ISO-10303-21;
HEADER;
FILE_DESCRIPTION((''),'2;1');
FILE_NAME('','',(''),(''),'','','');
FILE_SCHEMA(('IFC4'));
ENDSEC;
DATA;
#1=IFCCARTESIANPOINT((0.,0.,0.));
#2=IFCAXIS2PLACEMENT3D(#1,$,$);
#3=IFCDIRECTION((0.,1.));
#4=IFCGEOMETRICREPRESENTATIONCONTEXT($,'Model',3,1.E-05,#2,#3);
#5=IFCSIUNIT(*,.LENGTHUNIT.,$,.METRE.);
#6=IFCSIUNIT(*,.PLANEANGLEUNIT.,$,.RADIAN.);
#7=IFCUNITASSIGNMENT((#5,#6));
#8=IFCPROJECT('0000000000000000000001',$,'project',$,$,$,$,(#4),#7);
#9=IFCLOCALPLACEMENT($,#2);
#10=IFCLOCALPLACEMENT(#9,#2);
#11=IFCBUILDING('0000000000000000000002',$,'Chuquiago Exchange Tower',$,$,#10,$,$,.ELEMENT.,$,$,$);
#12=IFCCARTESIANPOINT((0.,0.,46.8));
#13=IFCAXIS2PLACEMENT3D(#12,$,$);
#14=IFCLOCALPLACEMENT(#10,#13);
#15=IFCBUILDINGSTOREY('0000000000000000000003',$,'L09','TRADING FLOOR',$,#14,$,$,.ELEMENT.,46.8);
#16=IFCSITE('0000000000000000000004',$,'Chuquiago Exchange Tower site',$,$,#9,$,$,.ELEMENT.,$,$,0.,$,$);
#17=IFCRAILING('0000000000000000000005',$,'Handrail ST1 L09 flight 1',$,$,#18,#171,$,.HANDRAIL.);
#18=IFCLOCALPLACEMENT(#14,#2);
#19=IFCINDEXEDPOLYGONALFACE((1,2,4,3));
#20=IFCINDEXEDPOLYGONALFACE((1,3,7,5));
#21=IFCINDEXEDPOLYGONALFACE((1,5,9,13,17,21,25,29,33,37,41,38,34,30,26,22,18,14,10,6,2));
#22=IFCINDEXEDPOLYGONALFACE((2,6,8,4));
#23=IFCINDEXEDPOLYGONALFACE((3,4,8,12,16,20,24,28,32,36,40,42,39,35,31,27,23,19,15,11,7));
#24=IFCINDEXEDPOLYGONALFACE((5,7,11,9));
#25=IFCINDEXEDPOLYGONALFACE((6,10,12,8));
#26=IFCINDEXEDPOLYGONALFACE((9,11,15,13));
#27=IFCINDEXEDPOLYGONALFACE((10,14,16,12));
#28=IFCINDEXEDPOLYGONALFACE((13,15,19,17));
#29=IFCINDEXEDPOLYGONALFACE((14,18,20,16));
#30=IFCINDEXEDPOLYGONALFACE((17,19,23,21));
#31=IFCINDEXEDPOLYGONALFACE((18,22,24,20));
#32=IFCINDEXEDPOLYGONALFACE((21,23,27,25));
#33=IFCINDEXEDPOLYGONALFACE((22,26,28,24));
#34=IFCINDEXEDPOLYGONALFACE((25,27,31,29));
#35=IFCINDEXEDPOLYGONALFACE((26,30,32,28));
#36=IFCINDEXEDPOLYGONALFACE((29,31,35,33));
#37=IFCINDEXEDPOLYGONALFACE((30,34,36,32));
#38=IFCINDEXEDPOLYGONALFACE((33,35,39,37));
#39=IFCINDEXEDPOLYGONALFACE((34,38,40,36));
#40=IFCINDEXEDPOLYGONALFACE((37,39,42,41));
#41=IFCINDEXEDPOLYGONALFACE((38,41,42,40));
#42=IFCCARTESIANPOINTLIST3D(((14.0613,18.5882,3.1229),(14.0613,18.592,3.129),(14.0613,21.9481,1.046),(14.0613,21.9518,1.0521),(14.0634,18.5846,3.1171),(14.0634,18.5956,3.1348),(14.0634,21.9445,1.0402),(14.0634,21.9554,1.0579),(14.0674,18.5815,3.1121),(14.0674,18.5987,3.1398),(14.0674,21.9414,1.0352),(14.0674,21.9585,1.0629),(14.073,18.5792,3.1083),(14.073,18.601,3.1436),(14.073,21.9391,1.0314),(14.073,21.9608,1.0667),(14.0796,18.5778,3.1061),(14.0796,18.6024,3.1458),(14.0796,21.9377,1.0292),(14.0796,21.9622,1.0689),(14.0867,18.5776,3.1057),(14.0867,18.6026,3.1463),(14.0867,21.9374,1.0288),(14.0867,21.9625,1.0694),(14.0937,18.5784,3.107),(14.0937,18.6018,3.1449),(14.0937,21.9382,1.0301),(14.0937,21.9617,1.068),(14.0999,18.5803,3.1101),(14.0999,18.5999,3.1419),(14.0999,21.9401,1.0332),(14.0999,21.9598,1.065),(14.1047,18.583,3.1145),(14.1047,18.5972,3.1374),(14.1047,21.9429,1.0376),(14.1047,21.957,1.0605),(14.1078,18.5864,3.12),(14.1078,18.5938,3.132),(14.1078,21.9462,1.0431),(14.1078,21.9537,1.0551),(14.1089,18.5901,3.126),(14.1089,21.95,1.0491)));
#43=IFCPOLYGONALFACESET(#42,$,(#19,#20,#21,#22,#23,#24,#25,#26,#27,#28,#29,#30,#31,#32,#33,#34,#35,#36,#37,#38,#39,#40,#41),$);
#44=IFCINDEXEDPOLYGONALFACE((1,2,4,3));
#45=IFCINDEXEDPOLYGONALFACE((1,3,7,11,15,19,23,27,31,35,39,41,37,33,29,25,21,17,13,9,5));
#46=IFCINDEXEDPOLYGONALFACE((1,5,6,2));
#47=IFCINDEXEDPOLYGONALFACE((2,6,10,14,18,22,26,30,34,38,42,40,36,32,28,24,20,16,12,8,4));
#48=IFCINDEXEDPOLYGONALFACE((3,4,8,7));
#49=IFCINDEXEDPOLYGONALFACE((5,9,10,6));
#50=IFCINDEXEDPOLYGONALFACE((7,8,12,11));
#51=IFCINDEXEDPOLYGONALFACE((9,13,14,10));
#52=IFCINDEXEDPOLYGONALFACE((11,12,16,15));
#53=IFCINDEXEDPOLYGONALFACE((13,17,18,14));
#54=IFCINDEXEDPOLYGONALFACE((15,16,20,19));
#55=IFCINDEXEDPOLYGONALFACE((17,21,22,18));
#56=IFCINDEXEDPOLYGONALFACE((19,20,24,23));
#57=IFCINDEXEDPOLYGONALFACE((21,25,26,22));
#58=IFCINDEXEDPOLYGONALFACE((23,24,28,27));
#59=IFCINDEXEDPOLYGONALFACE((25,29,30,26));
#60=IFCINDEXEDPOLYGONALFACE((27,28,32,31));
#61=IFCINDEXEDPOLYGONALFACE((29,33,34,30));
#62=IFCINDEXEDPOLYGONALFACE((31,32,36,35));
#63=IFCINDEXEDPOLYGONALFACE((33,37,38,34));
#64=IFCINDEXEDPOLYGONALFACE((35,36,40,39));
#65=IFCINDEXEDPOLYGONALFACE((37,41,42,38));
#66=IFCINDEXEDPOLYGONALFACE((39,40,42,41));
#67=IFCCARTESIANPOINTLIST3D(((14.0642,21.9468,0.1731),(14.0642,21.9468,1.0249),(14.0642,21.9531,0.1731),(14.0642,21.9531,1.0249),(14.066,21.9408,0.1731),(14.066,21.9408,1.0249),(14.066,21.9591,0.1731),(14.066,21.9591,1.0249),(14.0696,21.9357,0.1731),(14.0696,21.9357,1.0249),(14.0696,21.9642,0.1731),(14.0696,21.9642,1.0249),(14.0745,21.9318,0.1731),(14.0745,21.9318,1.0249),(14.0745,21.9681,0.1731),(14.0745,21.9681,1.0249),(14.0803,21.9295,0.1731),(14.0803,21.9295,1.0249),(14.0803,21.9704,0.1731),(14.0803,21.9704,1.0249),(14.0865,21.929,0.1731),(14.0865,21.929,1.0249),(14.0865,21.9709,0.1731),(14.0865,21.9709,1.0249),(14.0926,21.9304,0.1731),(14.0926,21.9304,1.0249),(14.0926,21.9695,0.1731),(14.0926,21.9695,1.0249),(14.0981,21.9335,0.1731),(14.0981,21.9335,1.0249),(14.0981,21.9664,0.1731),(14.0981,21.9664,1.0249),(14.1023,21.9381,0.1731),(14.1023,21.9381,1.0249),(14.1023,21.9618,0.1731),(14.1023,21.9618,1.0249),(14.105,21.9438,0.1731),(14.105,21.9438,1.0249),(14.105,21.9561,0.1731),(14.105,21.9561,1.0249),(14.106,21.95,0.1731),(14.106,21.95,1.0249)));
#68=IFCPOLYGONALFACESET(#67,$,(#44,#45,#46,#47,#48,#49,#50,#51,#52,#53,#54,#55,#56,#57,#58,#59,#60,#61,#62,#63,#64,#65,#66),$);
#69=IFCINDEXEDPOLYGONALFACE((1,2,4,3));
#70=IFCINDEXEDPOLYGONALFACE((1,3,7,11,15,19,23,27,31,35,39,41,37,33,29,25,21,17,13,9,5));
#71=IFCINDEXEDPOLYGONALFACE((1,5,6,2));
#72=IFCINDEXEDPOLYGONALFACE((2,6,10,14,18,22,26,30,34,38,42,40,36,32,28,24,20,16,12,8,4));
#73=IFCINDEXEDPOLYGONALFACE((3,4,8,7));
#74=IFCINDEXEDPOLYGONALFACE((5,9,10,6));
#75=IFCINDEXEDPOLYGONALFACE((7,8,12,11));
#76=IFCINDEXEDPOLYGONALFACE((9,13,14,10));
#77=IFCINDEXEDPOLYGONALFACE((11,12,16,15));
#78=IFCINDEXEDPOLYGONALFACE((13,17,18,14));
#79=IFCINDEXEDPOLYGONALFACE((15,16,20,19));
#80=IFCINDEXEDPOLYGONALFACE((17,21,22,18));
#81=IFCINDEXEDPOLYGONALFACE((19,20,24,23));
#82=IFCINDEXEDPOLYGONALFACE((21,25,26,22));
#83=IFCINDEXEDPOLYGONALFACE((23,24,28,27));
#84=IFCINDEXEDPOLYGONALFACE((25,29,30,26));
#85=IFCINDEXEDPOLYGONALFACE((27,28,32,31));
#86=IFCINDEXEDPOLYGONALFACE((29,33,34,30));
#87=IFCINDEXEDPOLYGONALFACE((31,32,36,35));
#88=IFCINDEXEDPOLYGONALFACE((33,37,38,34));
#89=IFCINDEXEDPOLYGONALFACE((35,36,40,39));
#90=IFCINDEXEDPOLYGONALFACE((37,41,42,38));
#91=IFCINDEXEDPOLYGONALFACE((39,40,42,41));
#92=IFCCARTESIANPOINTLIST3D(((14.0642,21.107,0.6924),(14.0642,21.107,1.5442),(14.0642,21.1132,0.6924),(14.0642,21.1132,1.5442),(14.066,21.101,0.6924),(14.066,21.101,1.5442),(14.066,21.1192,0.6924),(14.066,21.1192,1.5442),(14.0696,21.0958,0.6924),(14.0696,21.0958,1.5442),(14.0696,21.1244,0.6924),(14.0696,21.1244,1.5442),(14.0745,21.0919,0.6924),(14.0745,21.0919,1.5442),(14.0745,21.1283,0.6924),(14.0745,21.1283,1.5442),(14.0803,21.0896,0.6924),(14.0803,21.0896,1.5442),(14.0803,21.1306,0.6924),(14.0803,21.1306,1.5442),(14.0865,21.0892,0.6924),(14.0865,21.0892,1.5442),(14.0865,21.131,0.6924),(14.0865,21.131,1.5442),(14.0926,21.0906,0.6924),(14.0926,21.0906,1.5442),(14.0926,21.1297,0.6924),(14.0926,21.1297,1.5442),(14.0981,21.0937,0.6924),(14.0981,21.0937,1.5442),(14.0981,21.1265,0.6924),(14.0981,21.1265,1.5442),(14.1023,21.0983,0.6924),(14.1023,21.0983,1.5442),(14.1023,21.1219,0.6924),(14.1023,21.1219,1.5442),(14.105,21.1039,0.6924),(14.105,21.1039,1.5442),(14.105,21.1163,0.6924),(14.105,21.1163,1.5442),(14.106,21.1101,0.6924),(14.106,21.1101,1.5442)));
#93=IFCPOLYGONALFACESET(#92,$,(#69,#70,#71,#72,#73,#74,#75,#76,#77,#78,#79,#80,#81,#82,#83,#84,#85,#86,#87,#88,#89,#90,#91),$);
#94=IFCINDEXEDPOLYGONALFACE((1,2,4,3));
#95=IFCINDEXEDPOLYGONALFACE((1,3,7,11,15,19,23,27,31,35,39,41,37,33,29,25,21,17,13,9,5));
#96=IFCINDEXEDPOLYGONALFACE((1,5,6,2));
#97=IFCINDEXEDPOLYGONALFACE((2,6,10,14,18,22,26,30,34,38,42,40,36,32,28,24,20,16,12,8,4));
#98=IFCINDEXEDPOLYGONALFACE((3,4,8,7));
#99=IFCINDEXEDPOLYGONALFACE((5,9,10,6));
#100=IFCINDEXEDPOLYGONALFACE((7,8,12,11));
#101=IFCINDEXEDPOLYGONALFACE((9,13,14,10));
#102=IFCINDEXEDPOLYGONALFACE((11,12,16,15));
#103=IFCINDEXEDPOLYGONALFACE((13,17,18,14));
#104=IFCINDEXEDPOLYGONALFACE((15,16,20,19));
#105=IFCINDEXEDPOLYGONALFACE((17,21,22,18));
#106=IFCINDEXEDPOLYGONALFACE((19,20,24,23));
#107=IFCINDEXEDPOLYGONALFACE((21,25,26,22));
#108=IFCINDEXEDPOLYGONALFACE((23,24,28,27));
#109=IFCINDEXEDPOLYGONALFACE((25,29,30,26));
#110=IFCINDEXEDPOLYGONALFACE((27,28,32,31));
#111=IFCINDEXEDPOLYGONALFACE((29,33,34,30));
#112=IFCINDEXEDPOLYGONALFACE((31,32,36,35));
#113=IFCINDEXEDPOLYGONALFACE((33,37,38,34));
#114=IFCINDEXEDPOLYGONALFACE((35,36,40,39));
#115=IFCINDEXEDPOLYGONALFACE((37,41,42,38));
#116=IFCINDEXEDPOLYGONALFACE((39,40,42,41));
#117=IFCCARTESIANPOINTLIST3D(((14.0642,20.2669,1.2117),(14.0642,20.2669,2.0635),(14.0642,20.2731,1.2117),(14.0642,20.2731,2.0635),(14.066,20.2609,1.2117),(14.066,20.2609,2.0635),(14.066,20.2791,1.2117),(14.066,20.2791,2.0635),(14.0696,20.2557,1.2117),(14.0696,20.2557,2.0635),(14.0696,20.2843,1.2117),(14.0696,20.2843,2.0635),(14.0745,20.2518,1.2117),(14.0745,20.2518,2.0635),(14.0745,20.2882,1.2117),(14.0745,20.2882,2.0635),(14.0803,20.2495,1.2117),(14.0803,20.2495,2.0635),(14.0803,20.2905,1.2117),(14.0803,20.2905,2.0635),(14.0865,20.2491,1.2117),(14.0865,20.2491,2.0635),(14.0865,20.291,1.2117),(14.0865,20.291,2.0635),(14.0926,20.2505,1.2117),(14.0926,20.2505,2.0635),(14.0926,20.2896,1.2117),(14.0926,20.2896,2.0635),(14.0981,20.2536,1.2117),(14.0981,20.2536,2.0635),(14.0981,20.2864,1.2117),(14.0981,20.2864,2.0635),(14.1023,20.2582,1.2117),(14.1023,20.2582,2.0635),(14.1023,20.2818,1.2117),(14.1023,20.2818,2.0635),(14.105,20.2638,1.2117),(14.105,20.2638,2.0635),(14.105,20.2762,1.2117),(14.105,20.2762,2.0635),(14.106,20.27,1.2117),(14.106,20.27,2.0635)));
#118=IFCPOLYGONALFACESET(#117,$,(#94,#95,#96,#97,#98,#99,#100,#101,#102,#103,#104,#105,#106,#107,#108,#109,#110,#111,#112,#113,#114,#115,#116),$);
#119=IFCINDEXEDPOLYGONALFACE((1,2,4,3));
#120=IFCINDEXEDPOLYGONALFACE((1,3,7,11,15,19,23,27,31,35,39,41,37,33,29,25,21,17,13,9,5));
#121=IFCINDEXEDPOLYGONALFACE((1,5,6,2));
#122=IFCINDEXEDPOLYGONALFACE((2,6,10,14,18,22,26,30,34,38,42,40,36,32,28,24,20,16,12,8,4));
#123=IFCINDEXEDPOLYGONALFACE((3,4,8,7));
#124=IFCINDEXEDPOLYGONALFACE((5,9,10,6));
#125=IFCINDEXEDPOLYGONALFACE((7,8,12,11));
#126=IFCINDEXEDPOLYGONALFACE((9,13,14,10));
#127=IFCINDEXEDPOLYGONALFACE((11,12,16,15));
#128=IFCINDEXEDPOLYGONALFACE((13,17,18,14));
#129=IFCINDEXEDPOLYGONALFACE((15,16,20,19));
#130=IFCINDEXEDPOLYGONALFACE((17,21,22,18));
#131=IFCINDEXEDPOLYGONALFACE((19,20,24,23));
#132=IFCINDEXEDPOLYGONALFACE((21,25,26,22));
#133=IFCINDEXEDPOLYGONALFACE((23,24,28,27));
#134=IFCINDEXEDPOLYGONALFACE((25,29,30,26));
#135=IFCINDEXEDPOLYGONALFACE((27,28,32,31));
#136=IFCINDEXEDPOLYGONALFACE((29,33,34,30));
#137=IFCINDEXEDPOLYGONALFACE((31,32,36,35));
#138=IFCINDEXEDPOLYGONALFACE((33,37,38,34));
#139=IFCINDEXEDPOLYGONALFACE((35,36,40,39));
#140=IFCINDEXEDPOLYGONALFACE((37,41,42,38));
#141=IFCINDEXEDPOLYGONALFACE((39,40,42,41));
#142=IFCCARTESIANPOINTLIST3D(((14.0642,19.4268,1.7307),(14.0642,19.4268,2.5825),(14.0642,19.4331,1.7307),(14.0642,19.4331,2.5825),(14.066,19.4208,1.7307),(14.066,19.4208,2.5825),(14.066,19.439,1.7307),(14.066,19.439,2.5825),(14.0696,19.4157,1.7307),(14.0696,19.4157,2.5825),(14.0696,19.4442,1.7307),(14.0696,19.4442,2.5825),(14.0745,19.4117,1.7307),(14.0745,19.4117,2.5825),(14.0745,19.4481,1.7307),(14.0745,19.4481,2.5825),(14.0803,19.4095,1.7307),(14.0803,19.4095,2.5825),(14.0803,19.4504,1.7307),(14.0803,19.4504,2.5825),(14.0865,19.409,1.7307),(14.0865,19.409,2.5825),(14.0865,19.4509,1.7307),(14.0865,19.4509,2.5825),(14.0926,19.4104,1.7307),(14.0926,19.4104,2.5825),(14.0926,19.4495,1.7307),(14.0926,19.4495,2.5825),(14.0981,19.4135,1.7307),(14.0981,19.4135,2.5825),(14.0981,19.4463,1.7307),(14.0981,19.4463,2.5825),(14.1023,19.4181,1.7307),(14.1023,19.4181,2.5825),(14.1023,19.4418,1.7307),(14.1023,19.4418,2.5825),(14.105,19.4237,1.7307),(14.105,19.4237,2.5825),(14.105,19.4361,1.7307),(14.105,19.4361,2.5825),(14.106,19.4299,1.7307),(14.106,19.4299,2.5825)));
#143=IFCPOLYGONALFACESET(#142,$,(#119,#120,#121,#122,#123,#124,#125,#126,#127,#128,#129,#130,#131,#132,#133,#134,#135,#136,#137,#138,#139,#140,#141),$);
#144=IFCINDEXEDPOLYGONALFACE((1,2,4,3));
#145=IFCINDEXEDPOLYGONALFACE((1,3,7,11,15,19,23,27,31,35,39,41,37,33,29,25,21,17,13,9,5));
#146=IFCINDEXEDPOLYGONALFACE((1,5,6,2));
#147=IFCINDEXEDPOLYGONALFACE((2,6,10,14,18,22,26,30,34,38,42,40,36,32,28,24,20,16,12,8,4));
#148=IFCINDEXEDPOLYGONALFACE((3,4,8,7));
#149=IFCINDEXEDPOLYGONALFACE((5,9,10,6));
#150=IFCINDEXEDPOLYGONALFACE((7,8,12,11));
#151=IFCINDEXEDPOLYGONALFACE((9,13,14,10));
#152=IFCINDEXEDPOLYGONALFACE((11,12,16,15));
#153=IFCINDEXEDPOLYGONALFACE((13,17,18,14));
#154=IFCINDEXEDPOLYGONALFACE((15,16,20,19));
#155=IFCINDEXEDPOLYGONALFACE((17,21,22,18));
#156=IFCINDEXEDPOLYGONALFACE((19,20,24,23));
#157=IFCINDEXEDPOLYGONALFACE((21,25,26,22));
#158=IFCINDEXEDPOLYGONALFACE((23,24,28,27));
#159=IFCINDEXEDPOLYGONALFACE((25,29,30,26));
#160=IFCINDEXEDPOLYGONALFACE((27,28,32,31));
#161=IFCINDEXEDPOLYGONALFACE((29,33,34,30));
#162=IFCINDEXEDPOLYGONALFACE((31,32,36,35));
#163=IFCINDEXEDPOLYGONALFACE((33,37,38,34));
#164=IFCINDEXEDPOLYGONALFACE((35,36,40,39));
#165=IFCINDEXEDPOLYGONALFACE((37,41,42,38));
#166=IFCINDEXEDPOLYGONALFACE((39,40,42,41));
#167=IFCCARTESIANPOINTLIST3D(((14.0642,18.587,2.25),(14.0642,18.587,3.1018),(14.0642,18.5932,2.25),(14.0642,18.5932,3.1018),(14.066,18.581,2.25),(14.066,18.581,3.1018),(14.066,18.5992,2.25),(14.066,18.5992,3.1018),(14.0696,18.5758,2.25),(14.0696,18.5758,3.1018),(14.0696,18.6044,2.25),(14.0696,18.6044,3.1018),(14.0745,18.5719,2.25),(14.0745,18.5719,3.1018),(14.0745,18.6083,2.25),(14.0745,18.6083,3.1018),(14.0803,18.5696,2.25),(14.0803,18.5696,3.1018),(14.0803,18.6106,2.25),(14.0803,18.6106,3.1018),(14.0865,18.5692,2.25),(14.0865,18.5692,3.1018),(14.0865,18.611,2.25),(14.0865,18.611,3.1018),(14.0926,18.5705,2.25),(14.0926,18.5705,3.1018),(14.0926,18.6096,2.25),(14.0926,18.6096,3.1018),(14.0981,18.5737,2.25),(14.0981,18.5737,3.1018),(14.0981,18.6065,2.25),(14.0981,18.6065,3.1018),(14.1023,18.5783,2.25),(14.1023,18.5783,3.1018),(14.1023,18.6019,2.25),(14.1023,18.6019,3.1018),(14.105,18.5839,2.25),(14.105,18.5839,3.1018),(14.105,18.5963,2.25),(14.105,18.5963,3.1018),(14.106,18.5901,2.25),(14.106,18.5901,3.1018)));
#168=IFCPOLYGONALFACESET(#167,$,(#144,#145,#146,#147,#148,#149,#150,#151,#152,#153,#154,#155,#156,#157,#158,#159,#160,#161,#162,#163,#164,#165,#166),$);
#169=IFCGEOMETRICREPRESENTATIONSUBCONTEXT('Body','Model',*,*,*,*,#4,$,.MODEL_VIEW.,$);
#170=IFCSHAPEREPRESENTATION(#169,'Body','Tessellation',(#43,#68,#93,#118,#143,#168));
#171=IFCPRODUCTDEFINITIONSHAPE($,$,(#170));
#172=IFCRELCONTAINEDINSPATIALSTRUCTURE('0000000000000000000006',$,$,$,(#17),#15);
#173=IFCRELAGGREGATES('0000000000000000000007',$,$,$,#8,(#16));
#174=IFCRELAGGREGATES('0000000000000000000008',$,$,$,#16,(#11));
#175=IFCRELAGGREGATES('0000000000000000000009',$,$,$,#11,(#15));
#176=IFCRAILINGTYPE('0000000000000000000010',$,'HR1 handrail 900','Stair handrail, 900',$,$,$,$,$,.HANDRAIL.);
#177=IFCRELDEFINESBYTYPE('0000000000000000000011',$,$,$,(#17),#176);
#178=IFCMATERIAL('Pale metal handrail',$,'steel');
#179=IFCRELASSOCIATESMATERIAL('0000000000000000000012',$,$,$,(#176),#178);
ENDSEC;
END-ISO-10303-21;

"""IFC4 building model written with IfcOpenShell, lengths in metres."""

from ifc_helpers import new_model, si_unit, direction, frame, origin, origin_2d, place, context, subcontext, project, spatial, circle, extrude, material, type_object, element, save


model = new_model("IFC4")

# Units and contexts
model_context = context("Model", 3, precision=1e-05, world=origin(), true_north=direction((0.0, 1.0)))
body_context = subcontext(model_context, "Body", "Model", "MODEL_VIEW")
ifc_project = project(units=[si_unit("LENGTHUNIT", "METRE"), si_unit("PLANEANGLEUNIT", "RADIAN")], contexts=[model_context])

# Site, building, storey
site_placement = place(None, origin())
site = spatial("IfcSite", under=ifc_project, at=site_placement, Name="Chuquiago Exchange Tower site", CompositionType="ELEMENT", RefElevation=0.0)
building_placement = place(site_placement, origin())
building = spatial("IfcBuilding", under=site, at=building_placement, Name="Chuquiago Exchange Tower", CompositionType="ELEMENT")
storey_placement = place(building_placement, frame((0.0, 0.0, 46.8)))
storey = spatial("IfcBuildingStorey", under=building, at=storey_placement, Name="L09", Description="TRADING FLOOR", CompositionType="ELEMENT", Elevation=46.8)

# Railing
ifc_material_1 = material(Name="Pale metal handrail", Category="steel")
railing_type = type_object("IfcRailingType", Name="HR1 handrail 900", Description="Stair handrail, 900", PredefinedType="HANDRAIL", material=ifc_material_1)
for number, where, name in (
    (1, (14.085, 21.95, 0.1731), "Handrail ST1 L09 flight 1"),
):
    element("IfcRailing", number, at=place(storey_placement, frame(where)), inside=storey, type_object=railing_type, Name=name, PredefinedType="HANDRAIL", context=body_context, shape_type="SweptSolid", body=[
        extrude(circle(Radius=0.0239, at=origin_2d()), frame((0.0, 0.0, 0.876), z_axis=(0.0, -0.850606, 0.525803), x_axis=(1.0, 0.0, 0.0)), (0.0, 0.0, 1.0), 3.95),
        extrude(circle(Radius=0.021, at=origin_2d()), origin(), (0.0, 0.0, 1.0), 0.8518),
        extrude(circle(Radius=0.021, at=origin_2d()), frame((0.0, -0.8398, 0.5193)), (0.0, 0.0, 1.0), 0.8518),
        extrude(circle(Radius=0.021, at=origin_2d()), frame((0.0, -1.6799, 1.0386)), (0.0, 0.0, 1.0), 0.8518),
        extrude(circle(Radius=0.021, at=origin_2d()), frame((0.0, -2.52, 1.5576)), (0.0, 0.0, 1.0), 0.8518),
        extrude(circle(Radius=0.021, at=origin_2d()), frame((0.0, -3.3599, 2.0769)), (0.0, 0.0, 1.0), 0.8518),
    ])

save(model, "model.ifc")
